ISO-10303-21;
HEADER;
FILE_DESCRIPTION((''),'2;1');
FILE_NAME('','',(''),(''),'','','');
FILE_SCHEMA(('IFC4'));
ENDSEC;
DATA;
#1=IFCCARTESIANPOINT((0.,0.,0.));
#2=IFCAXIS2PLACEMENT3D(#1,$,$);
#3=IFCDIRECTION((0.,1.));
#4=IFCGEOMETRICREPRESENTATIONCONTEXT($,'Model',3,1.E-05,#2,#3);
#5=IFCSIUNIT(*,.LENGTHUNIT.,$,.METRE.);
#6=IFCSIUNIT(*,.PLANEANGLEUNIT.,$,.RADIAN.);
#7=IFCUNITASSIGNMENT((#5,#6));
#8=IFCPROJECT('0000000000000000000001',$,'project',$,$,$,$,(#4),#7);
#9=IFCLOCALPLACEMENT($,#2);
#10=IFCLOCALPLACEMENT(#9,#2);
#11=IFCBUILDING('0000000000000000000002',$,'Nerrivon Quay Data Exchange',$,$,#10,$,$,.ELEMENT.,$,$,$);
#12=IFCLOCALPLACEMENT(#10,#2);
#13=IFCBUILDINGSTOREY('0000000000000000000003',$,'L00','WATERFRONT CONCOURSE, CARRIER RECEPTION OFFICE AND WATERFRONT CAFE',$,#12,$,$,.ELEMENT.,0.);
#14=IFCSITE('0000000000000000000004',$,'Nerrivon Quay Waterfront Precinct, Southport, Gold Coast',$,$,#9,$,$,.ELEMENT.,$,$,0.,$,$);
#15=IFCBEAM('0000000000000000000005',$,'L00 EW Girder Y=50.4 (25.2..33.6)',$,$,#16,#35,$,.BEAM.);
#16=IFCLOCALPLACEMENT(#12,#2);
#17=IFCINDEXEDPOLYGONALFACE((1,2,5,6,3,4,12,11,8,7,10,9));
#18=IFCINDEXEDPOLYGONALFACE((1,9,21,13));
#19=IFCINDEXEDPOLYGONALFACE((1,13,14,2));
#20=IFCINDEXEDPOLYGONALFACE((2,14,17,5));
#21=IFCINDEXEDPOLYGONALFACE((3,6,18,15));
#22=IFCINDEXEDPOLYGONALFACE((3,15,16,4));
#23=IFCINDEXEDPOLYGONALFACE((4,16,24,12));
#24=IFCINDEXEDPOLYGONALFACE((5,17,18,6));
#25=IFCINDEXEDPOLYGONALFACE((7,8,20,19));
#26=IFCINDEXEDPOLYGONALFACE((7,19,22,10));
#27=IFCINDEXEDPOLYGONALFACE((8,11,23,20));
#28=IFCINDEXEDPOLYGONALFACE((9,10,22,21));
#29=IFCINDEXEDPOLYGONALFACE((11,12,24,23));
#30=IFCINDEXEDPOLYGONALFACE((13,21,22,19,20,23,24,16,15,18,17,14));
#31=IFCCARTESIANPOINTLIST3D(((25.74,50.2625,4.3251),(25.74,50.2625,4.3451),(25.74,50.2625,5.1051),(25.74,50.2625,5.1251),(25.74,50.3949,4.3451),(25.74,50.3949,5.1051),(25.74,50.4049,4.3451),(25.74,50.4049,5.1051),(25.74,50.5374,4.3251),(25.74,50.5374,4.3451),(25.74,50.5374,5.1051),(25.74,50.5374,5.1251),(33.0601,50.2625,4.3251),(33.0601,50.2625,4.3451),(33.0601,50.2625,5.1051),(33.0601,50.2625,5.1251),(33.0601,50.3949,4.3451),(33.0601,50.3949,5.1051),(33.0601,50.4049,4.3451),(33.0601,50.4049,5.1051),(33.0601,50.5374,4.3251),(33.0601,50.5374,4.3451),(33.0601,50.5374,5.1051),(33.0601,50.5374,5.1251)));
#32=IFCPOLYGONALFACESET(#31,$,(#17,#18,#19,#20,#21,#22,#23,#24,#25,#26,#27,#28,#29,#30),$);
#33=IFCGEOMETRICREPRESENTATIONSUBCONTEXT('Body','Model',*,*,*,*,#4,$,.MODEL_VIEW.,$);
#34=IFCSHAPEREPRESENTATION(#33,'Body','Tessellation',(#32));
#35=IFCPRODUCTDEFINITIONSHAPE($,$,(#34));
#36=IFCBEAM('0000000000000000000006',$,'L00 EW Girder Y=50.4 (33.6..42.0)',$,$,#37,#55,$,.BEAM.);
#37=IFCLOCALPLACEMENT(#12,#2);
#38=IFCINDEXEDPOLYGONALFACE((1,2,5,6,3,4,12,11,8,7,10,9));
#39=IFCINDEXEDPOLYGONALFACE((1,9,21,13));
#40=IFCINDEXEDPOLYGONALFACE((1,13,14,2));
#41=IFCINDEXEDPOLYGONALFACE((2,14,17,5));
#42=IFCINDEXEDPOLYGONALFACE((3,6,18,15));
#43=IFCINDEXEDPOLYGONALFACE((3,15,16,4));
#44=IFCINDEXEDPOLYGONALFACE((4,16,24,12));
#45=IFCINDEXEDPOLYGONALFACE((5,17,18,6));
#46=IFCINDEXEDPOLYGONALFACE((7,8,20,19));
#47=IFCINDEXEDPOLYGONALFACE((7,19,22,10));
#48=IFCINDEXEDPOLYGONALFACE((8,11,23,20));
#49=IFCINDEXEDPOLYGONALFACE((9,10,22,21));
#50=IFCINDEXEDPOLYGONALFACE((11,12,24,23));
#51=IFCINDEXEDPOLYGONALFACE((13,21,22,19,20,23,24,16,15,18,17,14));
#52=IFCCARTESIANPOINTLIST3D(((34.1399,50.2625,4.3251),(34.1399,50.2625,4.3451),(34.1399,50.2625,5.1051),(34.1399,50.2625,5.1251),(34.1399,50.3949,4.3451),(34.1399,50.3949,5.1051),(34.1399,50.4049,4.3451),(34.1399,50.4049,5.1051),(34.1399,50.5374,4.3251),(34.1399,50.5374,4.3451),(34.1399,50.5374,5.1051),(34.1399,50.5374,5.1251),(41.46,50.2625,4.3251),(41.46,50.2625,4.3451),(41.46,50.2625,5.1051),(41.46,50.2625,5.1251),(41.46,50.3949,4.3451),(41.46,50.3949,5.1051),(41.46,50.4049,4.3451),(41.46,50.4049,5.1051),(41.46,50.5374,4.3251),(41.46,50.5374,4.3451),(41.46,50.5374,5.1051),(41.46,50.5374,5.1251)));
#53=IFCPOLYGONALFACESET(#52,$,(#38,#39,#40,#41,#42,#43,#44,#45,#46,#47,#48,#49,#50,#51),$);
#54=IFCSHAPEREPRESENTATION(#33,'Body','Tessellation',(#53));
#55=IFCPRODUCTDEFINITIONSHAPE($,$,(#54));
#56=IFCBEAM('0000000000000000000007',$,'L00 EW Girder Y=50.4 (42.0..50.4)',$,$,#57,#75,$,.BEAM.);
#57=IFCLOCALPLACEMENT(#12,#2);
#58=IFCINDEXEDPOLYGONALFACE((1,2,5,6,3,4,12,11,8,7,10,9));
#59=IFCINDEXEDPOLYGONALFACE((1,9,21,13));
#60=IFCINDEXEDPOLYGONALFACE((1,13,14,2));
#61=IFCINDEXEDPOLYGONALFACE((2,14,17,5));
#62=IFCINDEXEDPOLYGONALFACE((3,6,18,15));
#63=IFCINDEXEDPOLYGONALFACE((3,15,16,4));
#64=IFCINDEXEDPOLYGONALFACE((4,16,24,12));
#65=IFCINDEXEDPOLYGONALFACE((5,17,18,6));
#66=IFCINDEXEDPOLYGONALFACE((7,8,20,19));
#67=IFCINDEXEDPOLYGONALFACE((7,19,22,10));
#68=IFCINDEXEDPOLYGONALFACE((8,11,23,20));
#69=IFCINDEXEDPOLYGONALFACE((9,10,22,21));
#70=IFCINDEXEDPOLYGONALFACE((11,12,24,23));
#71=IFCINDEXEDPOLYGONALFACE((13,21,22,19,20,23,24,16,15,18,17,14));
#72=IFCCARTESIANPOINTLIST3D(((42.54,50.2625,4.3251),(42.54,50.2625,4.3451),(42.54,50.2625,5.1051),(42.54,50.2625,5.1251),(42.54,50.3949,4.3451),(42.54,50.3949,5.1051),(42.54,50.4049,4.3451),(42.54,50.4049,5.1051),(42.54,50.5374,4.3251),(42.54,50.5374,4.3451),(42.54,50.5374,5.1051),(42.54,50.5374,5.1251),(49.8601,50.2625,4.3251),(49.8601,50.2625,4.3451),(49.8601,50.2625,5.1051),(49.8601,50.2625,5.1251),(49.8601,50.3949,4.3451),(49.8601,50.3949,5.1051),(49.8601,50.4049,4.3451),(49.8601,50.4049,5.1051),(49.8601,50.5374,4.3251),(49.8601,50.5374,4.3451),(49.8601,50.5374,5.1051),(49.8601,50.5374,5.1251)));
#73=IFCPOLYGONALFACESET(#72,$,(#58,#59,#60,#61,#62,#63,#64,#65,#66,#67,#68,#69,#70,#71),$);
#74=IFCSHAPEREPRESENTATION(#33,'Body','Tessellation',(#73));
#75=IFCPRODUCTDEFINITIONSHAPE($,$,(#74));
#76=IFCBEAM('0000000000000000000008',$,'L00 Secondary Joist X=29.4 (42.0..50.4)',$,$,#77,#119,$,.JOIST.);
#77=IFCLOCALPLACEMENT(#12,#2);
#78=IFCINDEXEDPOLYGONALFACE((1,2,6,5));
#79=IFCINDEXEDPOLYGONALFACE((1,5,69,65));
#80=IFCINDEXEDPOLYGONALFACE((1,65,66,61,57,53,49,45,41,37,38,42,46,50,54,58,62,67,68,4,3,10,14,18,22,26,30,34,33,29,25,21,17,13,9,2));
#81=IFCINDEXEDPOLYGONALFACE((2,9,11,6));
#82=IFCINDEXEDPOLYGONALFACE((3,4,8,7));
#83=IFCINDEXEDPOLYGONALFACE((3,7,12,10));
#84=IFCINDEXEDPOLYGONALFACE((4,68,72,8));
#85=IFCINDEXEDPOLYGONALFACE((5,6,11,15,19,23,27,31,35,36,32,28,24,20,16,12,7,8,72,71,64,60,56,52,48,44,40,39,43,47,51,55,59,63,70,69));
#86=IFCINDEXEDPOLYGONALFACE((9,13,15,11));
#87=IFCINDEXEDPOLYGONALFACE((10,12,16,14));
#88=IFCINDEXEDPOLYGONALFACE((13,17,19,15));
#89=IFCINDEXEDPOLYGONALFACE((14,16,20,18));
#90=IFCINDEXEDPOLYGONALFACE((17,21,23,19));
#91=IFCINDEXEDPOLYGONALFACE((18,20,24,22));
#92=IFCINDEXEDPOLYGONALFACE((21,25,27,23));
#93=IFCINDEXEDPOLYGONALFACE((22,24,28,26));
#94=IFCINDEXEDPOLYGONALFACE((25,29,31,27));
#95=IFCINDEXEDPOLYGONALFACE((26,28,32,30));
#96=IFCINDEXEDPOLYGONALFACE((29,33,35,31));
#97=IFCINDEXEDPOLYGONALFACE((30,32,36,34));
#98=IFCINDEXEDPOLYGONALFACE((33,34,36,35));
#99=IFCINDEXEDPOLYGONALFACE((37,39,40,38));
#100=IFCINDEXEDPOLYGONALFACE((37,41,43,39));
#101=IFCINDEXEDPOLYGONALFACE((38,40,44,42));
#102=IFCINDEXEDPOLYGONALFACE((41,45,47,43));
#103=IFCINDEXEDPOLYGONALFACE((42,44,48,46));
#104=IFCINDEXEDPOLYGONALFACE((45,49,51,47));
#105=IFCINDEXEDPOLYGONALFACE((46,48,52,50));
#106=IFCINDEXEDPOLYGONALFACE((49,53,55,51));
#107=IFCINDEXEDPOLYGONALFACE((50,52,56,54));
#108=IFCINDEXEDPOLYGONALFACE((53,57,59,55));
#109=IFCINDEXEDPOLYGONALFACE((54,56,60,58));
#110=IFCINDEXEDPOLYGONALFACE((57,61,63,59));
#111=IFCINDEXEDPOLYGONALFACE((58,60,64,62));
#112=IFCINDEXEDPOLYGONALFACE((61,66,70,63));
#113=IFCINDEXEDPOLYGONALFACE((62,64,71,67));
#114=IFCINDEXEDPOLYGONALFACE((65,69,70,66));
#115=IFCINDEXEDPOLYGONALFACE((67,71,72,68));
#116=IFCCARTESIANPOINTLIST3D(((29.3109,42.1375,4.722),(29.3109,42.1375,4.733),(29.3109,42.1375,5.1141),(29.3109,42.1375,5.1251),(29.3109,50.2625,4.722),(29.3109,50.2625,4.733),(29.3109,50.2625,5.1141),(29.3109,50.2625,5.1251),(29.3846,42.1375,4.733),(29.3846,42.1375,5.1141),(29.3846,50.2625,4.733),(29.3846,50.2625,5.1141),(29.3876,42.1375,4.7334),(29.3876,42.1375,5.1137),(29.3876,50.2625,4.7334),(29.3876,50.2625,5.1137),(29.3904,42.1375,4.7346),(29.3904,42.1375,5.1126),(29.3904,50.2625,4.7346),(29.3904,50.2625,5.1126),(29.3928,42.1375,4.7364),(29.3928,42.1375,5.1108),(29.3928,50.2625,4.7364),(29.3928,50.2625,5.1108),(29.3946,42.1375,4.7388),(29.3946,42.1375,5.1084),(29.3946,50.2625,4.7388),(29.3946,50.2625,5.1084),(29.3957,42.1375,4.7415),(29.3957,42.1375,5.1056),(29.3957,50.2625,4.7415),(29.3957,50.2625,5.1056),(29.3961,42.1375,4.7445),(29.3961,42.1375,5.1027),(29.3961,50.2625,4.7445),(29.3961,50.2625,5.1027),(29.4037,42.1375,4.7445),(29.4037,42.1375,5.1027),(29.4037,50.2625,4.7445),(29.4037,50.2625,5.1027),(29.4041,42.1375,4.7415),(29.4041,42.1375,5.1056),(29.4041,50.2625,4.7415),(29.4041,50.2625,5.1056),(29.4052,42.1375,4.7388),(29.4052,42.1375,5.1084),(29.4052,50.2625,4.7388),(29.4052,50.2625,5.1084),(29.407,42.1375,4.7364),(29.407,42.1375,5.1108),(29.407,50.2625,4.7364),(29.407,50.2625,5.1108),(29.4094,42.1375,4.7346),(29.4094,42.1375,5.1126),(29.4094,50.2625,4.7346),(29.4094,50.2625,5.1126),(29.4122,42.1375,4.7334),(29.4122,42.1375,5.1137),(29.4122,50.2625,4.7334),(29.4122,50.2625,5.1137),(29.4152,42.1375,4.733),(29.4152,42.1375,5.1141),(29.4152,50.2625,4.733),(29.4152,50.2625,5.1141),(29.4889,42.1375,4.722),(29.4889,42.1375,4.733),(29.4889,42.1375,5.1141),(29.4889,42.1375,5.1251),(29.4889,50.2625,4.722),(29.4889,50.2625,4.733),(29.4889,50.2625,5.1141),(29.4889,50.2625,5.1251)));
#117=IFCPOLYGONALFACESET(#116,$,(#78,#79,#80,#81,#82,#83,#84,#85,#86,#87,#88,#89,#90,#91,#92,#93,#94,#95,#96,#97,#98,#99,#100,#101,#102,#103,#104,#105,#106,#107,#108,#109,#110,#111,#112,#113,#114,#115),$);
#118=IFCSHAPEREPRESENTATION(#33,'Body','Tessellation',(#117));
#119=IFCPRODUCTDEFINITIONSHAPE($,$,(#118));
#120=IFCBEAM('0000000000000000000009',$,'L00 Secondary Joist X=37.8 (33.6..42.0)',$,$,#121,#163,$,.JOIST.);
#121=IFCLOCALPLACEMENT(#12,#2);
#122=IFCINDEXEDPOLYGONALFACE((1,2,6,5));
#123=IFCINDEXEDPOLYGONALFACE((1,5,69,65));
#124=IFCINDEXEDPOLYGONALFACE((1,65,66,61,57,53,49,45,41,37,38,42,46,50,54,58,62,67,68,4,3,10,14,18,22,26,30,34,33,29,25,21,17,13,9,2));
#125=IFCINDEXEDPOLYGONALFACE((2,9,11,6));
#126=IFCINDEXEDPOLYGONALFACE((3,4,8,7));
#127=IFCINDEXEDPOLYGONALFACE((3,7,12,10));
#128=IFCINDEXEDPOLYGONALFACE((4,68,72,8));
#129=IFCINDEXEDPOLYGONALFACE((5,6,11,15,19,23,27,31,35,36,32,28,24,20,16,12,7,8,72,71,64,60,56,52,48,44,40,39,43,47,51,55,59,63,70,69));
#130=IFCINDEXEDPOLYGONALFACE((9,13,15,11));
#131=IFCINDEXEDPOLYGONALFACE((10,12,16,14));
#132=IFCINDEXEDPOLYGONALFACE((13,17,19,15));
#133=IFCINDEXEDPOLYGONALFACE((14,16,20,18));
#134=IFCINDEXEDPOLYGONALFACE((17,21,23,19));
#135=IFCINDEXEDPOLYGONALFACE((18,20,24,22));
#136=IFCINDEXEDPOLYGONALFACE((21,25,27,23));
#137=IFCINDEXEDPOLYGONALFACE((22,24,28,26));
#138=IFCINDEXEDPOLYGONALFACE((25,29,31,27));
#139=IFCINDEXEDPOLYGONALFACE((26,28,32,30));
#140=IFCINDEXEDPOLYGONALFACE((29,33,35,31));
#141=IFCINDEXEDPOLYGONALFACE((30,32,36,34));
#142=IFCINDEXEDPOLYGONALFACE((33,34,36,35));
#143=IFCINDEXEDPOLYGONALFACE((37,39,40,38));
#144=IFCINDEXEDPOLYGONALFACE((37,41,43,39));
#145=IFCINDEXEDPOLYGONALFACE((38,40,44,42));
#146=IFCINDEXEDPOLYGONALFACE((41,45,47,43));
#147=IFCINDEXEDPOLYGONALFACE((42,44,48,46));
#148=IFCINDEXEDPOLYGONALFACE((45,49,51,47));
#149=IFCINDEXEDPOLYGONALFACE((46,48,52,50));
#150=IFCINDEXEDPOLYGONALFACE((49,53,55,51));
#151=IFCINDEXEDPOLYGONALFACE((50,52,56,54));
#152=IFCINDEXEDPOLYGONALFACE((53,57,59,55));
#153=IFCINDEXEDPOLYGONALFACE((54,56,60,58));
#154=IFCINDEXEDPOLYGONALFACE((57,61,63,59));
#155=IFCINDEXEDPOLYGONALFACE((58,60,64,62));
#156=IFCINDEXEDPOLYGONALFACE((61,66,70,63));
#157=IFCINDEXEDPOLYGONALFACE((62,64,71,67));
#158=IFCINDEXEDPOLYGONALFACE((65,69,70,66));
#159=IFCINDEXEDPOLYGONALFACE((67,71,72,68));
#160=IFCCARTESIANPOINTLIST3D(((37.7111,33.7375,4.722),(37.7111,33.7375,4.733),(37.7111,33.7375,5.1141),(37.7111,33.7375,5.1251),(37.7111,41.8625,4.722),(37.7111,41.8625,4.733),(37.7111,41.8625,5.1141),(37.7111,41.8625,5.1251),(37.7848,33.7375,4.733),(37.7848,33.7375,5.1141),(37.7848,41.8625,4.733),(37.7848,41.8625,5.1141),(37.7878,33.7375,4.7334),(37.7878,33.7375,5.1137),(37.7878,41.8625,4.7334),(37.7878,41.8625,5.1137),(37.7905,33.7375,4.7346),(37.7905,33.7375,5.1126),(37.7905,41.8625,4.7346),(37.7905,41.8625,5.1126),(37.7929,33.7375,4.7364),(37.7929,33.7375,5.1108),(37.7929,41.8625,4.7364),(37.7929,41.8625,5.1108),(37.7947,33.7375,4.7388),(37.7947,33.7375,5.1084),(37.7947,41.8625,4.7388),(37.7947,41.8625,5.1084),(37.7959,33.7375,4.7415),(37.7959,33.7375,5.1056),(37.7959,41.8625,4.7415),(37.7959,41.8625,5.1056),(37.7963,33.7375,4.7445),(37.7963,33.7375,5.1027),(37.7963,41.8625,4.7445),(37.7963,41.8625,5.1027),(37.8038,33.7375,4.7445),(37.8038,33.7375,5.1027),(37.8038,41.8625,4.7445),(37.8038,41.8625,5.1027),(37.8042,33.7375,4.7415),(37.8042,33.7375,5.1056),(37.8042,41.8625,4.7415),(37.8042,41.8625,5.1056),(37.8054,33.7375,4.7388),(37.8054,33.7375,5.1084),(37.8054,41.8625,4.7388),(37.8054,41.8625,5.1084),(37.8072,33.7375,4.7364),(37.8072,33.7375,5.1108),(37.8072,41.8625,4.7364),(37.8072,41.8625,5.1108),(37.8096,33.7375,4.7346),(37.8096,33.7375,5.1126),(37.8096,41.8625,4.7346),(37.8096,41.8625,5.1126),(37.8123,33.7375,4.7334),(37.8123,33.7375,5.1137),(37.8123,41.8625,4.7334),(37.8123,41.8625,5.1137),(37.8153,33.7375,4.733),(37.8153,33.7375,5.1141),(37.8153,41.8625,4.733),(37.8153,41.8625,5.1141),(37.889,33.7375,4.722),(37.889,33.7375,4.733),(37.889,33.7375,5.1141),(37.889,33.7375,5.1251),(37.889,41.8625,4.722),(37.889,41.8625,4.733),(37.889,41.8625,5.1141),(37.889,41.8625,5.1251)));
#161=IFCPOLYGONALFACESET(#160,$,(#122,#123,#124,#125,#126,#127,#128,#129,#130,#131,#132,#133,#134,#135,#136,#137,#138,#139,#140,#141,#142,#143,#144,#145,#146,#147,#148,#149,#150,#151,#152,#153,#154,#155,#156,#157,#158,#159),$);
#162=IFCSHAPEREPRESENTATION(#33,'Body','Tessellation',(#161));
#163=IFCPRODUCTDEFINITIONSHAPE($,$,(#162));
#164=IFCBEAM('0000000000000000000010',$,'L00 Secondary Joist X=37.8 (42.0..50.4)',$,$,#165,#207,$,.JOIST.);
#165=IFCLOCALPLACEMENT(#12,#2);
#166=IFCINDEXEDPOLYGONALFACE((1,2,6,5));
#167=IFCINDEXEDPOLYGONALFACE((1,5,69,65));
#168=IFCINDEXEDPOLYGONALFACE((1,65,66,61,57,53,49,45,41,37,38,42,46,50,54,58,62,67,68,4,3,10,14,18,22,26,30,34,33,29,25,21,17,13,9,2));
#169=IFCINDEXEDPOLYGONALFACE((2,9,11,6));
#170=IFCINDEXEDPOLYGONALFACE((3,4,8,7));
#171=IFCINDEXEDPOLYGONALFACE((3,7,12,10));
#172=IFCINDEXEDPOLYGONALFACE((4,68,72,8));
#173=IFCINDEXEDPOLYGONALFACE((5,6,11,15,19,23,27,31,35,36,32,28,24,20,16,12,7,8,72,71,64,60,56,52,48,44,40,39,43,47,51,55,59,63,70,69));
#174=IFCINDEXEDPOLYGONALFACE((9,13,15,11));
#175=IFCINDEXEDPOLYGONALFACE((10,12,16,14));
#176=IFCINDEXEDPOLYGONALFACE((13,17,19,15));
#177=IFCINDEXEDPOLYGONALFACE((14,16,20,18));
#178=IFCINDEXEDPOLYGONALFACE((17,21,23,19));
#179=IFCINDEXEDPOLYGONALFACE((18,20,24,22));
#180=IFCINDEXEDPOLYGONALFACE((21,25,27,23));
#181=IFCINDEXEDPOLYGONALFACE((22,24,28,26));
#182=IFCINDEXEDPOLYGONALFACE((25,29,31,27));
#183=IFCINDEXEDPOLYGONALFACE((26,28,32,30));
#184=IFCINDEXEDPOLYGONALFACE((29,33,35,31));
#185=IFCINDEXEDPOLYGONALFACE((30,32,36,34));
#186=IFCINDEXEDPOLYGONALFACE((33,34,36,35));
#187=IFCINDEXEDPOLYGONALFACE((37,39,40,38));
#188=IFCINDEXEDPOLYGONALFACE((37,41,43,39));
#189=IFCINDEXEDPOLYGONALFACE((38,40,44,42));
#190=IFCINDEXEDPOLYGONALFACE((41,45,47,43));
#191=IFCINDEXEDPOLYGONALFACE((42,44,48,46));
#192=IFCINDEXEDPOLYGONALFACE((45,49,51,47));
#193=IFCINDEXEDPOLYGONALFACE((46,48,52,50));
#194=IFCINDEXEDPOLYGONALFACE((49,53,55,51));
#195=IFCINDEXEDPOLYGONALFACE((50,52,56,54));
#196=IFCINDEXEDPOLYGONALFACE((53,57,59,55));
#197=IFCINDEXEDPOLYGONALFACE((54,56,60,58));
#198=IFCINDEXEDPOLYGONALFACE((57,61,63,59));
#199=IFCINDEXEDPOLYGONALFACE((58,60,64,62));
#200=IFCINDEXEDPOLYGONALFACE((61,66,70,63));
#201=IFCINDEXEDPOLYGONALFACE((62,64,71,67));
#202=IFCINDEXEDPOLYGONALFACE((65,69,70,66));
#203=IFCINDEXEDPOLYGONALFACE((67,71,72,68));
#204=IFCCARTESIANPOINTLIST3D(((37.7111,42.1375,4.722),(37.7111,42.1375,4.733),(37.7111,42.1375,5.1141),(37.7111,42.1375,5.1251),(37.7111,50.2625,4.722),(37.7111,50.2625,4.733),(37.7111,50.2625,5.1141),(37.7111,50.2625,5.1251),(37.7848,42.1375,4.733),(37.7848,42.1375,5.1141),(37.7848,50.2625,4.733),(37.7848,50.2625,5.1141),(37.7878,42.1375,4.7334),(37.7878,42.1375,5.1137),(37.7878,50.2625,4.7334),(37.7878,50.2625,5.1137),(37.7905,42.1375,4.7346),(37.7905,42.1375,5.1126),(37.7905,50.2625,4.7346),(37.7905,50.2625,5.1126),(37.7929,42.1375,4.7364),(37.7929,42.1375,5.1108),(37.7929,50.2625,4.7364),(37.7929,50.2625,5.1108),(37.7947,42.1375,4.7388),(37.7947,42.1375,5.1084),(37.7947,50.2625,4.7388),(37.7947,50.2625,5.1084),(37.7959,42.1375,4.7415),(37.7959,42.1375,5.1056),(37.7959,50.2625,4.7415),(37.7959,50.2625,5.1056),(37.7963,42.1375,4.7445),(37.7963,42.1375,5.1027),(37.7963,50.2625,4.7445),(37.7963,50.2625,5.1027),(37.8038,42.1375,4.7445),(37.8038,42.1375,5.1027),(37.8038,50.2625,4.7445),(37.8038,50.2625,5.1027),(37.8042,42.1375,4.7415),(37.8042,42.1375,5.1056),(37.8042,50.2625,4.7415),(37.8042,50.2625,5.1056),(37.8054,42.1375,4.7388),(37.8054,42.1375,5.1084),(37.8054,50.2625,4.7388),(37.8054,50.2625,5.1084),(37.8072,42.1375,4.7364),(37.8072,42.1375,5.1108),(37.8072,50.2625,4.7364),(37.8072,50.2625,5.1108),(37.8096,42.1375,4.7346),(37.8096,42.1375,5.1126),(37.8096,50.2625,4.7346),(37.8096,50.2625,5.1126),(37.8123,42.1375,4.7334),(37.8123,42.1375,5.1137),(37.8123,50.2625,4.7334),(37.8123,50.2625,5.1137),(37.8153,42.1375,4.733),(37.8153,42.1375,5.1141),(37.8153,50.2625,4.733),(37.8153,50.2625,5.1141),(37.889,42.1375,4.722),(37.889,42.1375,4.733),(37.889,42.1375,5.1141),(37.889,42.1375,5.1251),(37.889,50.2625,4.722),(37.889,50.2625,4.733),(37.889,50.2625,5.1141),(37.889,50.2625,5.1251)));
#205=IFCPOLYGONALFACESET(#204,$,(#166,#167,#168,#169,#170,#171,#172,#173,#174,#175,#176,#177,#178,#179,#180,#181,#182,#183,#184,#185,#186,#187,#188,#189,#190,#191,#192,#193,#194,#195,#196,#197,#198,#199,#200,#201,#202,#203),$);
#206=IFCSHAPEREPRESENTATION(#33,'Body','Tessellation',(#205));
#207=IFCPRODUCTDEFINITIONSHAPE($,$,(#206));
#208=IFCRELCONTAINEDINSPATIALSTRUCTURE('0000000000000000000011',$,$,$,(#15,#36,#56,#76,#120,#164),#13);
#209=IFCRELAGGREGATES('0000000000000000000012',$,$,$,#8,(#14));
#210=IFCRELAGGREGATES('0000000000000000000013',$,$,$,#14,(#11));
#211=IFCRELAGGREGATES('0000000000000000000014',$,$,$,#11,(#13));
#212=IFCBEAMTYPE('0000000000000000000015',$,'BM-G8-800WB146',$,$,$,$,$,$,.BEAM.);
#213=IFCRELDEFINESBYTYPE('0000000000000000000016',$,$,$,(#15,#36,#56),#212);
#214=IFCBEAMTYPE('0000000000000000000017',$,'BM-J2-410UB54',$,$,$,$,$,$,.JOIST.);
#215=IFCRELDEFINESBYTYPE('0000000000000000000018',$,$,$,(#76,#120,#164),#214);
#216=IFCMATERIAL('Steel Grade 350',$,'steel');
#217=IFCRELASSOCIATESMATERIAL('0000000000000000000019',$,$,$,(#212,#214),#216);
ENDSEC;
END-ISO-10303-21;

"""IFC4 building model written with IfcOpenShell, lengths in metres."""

from ifc_helpers import new_model, si_unit, direction, frame, origin, origin_2d, place, context, subcontext, project, spatial, i_section, extrude, material, material_profile, profile_set, type_object, element, save


model = new_model("IFC4")

# Units and contexts
model_context = context("Model", 3, precision=1e-05, world=origin(), true_north=direction((0.0, 1.0)))
body_context = subcontext(model_context, "Body", "Model", "MODEL_VIEW")
ifc_project = project(units=[si_unit("LENGTHUNIT", "METRE"), si_unit("PLANEANGLEUNIT", "RADIAN")], contexts=[model_context])

# Site, building, storey
site_placement = place(None, origin())
site = spatial("IfcSite", under=ifc_project, at=site_placement, Name="Nerrivon Quay Waterfront Precinct, Southport, Gold Coast", CompositionType="ELEMENT", RefElevation=0.0)
building_placement = place(site_placement, origin())
building = spatial("IfcBuilding", under=site, at=building_placement, Name="Nerrivon Quay Data Exchange", CompositionType="ELEMENT")
storey_placement = place(building_placement, origin())
storey = spatial("IfcBuildingStorey", under=building, at=storey_placement, Name="L00", Description="WATERFRONT CONCOURSE, CARRIER RECEPTION OFFICE AND WATERFRONT CAFE", CompositionType="ELEMENT", Elevation=0.0)

# Beams
ifc_material_1 = material(Name="Steel Grade 350", Category="steel")
ifc_material_profile_1 = material_profile(ifc_material_1, i_section(OverallWidth=0.2749, OverallDepth=0.8, WebThickness=0.01, FlangeThickness=0.02, at=origin_2d()), Name="800WB146")
ifc_profile_set_1 = profile_set([ifc_material_profile_1], Name="Steel Grade 350")
beam_type_1 = type_object("IfcBeamType", Name="BM-G8-800WB146", PredefinedType="BEAM", material=ifc_profile_set_1)
for number, where, z_axis, x_axis, name in (
    (1, (25.74, 50.3999, 4.7251), (1.0, 0.0, 0.0), (0.0, 1.0, 0.0), "L00 EW Girder Y=50.4 (25.2..33.6)"),
    (2, (34.1399, 50.3999, 4.7251), (1.0, 0.0, 0.0), (0.0, 1.0, 0.0), "L00 EW Girder Y=50.4 (33.6..42.0)"),
    (3, (42.54, 50.3999, 4.7251), (1.0, 0.0, 0.0), (0.0, 1.0, 0.0), "L00 EW Girder Y=50.4 (42.0..50.4)"),
):
    element("IfcBeam", number, at=place(storey_placement, frame(where, z_axis=z_axis, x_axis=x_axis)), inside=storey, type_object=beam_type_1, Name=name, PredefinedType="BEAM", context=body_context, shape_type="SweptSolid", body=[
        extrude(i_section(OverallWidth=0.2749, OverallDepth=0.8, WebThickness=0.01, FlangeThickness=0.02, at=origin_2d()), origin(), (0.0, 0.0, 1.0), 7.3201),
    ])
ifc_material_profile_2 = material_profile(ifc_material_1, i_section(OverallWidth=0.178, OverallDepth=0.4031, WebThickness=0.0076, FlangeThickness=0.011, FilletRadius=0.0115, at=origin_2d()), Name="410UB53.7")
ifc_profile_set_2 = profile_set([ifc_material_profile_2], Name="Steel Grade 350")
beam_type_2 = type_object("IfcBeamType", Name="BM-J2-410UB54", PredefinedType="JOIST", material=ifc_profile_set_2)
for number, where, z_axis, x_axis, name in (
    (4, (29.3999, 42.1375, 4.9236), (0.0, 1.0, 0.0), (-1.0, 0.0, 0.0), "L00 Secondary Joist X=29.4 (42.0..50.4)"),
    (5, (37.8, 33.7375, 4.9236), (0.0, 1.0, 0.0), (-1.0, 0.0, 0.0), "L00 Secondary Joist X=37.8 (33.6..42.0)"),
    (6, (37.8, 42.1375, 4.9236), (0.0, 1.0, 0.0), (-1.0, 0.0, 0.0), "L00 Secondary Joist X=37.8 (42.0..50.4)"),
):
    element("IfcBeam", number, at=place(storey_placement, frame(where, z_axis=z_axis, x_axis=x_axis)), inside=storey, type_object=beam_type_2, Name=name, PredefinedType="JOIST", context=body_context, shape_type="SweptSolid", body=[
        extrude(i_section(OverallWidth=0.178, OverallDepth=0.4031, WebThickness=0.0076, FlangeThickness=0.011, FilletRadius=0.0115, at=origin_2d()), origin(), (0.0, 0.0, 1.0), 8.125),
    ])

save(model, "model.ifc")
